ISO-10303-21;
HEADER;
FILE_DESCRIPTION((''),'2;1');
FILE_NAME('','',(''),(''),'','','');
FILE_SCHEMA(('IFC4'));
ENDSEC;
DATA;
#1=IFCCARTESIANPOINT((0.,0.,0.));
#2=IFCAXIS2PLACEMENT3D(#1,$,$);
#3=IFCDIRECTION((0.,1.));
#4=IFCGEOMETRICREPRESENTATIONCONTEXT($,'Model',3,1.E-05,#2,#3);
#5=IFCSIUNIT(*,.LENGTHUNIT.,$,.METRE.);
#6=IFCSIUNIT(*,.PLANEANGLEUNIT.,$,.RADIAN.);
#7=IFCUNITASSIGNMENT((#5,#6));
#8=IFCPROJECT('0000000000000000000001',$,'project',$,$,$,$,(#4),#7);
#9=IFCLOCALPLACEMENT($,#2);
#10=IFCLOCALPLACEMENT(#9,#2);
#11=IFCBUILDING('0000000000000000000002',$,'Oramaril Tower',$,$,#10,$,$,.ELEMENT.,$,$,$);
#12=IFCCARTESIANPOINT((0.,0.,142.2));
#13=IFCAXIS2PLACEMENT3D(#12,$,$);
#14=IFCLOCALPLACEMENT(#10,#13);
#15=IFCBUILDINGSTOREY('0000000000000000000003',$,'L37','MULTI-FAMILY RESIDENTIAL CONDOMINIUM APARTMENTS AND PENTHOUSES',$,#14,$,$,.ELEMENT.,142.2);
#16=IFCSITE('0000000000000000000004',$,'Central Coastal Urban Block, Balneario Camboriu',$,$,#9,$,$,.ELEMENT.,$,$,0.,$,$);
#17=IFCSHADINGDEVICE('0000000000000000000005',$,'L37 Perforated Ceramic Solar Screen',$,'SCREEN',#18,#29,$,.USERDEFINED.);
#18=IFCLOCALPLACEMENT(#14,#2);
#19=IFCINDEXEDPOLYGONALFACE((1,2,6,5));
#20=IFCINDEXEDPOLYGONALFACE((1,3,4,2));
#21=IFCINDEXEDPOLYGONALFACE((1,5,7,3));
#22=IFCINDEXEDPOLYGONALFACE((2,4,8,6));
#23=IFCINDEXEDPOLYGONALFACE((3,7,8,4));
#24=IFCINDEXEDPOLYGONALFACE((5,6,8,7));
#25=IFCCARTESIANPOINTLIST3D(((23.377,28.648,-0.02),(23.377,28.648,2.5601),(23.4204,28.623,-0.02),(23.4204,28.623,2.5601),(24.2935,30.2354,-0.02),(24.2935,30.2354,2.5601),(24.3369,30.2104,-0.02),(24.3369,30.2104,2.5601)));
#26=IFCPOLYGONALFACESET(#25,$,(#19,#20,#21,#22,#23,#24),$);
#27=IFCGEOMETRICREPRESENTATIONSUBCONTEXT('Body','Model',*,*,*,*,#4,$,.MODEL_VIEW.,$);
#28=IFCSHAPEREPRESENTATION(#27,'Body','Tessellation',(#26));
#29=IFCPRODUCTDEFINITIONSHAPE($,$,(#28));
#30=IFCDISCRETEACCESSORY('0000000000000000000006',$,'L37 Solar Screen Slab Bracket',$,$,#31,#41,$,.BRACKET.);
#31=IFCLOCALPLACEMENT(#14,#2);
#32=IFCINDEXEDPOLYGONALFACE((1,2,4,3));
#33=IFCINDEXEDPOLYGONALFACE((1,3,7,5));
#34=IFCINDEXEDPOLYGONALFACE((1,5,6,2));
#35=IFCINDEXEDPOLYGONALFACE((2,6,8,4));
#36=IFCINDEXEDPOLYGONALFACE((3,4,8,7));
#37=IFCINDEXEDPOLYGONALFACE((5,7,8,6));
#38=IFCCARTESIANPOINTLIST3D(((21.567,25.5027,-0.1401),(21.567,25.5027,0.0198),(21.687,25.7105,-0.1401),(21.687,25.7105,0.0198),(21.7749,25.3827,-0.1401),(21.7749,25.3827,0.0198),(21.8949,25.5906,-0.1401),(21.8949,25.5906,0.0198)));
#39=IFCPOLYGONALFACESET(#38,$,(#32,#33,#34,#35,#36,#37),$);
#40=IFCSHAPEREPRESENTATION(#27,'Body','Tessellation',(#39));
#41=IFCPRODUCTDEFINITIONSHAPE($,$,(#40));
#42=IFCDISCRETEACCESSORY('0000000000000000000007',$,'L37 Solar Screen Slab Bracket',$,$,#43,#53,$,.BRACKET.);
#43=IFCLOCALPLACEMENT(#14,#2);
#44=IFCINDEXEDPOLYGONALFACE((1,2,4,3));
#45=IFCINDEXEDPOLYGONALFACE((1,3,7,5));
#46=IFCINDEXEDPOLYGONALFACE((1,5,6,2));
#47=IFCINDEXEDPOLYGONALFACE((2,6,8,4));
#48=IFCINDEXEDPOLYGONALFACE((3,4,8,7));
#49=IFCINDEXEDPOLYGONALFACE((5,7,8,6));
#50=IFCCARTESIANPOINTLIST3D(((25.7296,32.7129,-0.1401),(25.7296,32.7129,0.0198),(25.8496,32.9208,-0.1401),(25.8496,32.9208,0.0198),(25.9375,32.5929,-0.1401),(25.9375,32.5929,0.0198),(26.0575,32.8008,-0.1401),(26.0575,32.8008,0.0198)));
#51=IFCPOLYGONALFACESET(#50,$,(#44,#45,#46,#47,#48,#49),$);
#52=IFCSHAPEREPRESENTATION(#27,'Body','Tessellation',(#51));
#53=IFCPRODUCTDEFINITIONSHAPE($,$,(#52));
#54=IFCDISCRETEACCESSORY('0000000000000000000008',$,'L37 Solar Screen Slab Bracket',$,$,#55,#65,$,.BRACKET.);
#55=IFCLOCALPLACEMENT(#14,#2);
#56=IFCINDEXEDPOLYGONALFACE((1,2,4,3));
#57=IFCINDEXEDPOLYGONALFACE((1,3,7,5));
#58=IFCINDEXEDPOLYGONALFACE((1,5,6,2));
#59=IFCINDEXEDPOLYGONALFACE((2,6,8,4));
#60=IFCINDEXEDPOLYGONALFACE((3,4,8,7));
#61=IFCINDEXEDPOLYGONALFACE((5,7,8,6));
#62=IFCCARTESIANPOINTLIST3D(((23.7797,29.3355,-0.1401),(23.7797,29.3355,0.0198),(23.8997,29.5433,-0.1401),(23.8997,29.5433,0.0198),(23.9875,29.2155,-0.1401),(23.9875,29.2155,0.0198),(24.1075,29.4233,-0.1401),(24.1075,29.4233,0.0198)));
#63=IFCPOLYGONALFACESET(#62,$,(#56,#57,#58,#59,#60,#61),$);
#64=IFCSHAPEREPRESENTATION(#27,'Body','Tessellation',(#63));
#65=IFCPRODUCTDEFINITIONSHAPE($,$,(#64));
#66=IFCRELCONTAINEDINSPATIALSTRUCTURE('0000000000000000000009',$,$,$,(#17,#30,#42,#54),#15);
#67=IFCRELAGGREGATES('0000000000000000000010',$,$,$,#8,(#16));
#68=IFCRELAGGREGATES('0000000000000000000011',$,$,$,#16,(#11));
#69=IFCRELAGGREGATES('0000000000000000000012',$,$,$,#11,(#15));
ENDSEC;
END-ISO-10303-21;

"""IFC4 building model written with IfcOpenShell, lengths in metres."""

from ifc_helpers import new_model, si_unit, direction, frame, origin, origin_2d, place, context, subcontext, project, spatial, rectangle, extrude, element, save


model = new_model("IFC4")

# Units and contexts
model_context = context("Model", 3, precision=1e-05, world=origin(), true_north=direction((0.0, 1.0)))
body_context = subcontext(model_context, "Body", "Model", "MODEL_VIEW")
ifc_project = project(units=[si_unit("LENGTHUNIT", "METRE"), si_unit("PLANEANGLEUNIT", "RADIAN")], contexts=[model_context])

# Site, building, storey
site_placement = place(None, origin())
site = spatial("IfcSite", under=ifc_project, at=site_placement, Name="Central Coastal Urban Block, Balneario Camboriu", CompositionType="ELEMENT", RefElevation=0.0)
building_placement = place(site_placement, origin())
building = spatial("IfcBuilding", under=site, at=building_placement, Name="Oramaril Tower", CompositionType="ELEMENT")
storey_placement = place(building_placement, frame((0.0, 0.0, 142.2)))
storey = spatial("IfcBuildingStorey", under=building, at=storey_placement, Name="L37", Description="MULTI-FAMILY RESIDENTIAL CONDOMINIUM APARTMENTS AND PENTHOUSES", CompositionType="ELEMENT", Elevation=142.2)

# Shading device
for number, where, z_axis, x_axis, name in (
    (1, (23.8569, 29.4292, -0.02), (0.0, 0.0, 1.0), (-0.499998, -0.866026, 0.0), "L37 Perforated Ceramic Solar Screen"),
):
    element("IfcShadingDevice", number, at=place(storey_placement, frame(where, z_axis=z_axis, x_axis=x_axis)), inside=storey, Name=name, ObjectType="SCREEN", PredefinedType="USERDEFINED", context=body_context, shape_type="SweptSolid", body=[
        extrude(rectangle(XDim=1.833, YDim=0.05, at=origin_2d()), origin(), (0.0, 0.0, 1.0), 2.5801),
    ])

# Discrete accessories
for number, where, z_axis, x_axis, name in (
    (2, (21.731, 25.5466, -0.1401), (0.0, 0.0, 1.0), (-0.499998, -0.866026, 0.0), "L37 Solar Screen Slab Bracket"),
    (3, (25.8936, 32.7568, -0.1401), (0.0, 0.0, 1.0), (-0.499998, -0.866026, 0.0), "L37 Solar Screen Slab Bracket"),
    (4, (23.9436, 29.3794, -0.1401), (0.0, 0.0, 1.0), (-0.499998, -0.866026, 0.0), "L37 Solar Screen Slab Bracket"),
):
    element("IfcDiscreteAccessory", number, at=place(storey_placement, frame(where, z_axis=z_axis, x_axis=x_axis)), inside=storey, Name=name, PredefinedType="BRACKET", context=body_context, shape_type="SweptSolid", body=[
        extrude(rectangle(XDim=0.24, YDim=0.24, at=origin_2d()), origin(), (0.0, 0.0, 1.0), 0.1599),
    ])

save(model, "model.ifc")
